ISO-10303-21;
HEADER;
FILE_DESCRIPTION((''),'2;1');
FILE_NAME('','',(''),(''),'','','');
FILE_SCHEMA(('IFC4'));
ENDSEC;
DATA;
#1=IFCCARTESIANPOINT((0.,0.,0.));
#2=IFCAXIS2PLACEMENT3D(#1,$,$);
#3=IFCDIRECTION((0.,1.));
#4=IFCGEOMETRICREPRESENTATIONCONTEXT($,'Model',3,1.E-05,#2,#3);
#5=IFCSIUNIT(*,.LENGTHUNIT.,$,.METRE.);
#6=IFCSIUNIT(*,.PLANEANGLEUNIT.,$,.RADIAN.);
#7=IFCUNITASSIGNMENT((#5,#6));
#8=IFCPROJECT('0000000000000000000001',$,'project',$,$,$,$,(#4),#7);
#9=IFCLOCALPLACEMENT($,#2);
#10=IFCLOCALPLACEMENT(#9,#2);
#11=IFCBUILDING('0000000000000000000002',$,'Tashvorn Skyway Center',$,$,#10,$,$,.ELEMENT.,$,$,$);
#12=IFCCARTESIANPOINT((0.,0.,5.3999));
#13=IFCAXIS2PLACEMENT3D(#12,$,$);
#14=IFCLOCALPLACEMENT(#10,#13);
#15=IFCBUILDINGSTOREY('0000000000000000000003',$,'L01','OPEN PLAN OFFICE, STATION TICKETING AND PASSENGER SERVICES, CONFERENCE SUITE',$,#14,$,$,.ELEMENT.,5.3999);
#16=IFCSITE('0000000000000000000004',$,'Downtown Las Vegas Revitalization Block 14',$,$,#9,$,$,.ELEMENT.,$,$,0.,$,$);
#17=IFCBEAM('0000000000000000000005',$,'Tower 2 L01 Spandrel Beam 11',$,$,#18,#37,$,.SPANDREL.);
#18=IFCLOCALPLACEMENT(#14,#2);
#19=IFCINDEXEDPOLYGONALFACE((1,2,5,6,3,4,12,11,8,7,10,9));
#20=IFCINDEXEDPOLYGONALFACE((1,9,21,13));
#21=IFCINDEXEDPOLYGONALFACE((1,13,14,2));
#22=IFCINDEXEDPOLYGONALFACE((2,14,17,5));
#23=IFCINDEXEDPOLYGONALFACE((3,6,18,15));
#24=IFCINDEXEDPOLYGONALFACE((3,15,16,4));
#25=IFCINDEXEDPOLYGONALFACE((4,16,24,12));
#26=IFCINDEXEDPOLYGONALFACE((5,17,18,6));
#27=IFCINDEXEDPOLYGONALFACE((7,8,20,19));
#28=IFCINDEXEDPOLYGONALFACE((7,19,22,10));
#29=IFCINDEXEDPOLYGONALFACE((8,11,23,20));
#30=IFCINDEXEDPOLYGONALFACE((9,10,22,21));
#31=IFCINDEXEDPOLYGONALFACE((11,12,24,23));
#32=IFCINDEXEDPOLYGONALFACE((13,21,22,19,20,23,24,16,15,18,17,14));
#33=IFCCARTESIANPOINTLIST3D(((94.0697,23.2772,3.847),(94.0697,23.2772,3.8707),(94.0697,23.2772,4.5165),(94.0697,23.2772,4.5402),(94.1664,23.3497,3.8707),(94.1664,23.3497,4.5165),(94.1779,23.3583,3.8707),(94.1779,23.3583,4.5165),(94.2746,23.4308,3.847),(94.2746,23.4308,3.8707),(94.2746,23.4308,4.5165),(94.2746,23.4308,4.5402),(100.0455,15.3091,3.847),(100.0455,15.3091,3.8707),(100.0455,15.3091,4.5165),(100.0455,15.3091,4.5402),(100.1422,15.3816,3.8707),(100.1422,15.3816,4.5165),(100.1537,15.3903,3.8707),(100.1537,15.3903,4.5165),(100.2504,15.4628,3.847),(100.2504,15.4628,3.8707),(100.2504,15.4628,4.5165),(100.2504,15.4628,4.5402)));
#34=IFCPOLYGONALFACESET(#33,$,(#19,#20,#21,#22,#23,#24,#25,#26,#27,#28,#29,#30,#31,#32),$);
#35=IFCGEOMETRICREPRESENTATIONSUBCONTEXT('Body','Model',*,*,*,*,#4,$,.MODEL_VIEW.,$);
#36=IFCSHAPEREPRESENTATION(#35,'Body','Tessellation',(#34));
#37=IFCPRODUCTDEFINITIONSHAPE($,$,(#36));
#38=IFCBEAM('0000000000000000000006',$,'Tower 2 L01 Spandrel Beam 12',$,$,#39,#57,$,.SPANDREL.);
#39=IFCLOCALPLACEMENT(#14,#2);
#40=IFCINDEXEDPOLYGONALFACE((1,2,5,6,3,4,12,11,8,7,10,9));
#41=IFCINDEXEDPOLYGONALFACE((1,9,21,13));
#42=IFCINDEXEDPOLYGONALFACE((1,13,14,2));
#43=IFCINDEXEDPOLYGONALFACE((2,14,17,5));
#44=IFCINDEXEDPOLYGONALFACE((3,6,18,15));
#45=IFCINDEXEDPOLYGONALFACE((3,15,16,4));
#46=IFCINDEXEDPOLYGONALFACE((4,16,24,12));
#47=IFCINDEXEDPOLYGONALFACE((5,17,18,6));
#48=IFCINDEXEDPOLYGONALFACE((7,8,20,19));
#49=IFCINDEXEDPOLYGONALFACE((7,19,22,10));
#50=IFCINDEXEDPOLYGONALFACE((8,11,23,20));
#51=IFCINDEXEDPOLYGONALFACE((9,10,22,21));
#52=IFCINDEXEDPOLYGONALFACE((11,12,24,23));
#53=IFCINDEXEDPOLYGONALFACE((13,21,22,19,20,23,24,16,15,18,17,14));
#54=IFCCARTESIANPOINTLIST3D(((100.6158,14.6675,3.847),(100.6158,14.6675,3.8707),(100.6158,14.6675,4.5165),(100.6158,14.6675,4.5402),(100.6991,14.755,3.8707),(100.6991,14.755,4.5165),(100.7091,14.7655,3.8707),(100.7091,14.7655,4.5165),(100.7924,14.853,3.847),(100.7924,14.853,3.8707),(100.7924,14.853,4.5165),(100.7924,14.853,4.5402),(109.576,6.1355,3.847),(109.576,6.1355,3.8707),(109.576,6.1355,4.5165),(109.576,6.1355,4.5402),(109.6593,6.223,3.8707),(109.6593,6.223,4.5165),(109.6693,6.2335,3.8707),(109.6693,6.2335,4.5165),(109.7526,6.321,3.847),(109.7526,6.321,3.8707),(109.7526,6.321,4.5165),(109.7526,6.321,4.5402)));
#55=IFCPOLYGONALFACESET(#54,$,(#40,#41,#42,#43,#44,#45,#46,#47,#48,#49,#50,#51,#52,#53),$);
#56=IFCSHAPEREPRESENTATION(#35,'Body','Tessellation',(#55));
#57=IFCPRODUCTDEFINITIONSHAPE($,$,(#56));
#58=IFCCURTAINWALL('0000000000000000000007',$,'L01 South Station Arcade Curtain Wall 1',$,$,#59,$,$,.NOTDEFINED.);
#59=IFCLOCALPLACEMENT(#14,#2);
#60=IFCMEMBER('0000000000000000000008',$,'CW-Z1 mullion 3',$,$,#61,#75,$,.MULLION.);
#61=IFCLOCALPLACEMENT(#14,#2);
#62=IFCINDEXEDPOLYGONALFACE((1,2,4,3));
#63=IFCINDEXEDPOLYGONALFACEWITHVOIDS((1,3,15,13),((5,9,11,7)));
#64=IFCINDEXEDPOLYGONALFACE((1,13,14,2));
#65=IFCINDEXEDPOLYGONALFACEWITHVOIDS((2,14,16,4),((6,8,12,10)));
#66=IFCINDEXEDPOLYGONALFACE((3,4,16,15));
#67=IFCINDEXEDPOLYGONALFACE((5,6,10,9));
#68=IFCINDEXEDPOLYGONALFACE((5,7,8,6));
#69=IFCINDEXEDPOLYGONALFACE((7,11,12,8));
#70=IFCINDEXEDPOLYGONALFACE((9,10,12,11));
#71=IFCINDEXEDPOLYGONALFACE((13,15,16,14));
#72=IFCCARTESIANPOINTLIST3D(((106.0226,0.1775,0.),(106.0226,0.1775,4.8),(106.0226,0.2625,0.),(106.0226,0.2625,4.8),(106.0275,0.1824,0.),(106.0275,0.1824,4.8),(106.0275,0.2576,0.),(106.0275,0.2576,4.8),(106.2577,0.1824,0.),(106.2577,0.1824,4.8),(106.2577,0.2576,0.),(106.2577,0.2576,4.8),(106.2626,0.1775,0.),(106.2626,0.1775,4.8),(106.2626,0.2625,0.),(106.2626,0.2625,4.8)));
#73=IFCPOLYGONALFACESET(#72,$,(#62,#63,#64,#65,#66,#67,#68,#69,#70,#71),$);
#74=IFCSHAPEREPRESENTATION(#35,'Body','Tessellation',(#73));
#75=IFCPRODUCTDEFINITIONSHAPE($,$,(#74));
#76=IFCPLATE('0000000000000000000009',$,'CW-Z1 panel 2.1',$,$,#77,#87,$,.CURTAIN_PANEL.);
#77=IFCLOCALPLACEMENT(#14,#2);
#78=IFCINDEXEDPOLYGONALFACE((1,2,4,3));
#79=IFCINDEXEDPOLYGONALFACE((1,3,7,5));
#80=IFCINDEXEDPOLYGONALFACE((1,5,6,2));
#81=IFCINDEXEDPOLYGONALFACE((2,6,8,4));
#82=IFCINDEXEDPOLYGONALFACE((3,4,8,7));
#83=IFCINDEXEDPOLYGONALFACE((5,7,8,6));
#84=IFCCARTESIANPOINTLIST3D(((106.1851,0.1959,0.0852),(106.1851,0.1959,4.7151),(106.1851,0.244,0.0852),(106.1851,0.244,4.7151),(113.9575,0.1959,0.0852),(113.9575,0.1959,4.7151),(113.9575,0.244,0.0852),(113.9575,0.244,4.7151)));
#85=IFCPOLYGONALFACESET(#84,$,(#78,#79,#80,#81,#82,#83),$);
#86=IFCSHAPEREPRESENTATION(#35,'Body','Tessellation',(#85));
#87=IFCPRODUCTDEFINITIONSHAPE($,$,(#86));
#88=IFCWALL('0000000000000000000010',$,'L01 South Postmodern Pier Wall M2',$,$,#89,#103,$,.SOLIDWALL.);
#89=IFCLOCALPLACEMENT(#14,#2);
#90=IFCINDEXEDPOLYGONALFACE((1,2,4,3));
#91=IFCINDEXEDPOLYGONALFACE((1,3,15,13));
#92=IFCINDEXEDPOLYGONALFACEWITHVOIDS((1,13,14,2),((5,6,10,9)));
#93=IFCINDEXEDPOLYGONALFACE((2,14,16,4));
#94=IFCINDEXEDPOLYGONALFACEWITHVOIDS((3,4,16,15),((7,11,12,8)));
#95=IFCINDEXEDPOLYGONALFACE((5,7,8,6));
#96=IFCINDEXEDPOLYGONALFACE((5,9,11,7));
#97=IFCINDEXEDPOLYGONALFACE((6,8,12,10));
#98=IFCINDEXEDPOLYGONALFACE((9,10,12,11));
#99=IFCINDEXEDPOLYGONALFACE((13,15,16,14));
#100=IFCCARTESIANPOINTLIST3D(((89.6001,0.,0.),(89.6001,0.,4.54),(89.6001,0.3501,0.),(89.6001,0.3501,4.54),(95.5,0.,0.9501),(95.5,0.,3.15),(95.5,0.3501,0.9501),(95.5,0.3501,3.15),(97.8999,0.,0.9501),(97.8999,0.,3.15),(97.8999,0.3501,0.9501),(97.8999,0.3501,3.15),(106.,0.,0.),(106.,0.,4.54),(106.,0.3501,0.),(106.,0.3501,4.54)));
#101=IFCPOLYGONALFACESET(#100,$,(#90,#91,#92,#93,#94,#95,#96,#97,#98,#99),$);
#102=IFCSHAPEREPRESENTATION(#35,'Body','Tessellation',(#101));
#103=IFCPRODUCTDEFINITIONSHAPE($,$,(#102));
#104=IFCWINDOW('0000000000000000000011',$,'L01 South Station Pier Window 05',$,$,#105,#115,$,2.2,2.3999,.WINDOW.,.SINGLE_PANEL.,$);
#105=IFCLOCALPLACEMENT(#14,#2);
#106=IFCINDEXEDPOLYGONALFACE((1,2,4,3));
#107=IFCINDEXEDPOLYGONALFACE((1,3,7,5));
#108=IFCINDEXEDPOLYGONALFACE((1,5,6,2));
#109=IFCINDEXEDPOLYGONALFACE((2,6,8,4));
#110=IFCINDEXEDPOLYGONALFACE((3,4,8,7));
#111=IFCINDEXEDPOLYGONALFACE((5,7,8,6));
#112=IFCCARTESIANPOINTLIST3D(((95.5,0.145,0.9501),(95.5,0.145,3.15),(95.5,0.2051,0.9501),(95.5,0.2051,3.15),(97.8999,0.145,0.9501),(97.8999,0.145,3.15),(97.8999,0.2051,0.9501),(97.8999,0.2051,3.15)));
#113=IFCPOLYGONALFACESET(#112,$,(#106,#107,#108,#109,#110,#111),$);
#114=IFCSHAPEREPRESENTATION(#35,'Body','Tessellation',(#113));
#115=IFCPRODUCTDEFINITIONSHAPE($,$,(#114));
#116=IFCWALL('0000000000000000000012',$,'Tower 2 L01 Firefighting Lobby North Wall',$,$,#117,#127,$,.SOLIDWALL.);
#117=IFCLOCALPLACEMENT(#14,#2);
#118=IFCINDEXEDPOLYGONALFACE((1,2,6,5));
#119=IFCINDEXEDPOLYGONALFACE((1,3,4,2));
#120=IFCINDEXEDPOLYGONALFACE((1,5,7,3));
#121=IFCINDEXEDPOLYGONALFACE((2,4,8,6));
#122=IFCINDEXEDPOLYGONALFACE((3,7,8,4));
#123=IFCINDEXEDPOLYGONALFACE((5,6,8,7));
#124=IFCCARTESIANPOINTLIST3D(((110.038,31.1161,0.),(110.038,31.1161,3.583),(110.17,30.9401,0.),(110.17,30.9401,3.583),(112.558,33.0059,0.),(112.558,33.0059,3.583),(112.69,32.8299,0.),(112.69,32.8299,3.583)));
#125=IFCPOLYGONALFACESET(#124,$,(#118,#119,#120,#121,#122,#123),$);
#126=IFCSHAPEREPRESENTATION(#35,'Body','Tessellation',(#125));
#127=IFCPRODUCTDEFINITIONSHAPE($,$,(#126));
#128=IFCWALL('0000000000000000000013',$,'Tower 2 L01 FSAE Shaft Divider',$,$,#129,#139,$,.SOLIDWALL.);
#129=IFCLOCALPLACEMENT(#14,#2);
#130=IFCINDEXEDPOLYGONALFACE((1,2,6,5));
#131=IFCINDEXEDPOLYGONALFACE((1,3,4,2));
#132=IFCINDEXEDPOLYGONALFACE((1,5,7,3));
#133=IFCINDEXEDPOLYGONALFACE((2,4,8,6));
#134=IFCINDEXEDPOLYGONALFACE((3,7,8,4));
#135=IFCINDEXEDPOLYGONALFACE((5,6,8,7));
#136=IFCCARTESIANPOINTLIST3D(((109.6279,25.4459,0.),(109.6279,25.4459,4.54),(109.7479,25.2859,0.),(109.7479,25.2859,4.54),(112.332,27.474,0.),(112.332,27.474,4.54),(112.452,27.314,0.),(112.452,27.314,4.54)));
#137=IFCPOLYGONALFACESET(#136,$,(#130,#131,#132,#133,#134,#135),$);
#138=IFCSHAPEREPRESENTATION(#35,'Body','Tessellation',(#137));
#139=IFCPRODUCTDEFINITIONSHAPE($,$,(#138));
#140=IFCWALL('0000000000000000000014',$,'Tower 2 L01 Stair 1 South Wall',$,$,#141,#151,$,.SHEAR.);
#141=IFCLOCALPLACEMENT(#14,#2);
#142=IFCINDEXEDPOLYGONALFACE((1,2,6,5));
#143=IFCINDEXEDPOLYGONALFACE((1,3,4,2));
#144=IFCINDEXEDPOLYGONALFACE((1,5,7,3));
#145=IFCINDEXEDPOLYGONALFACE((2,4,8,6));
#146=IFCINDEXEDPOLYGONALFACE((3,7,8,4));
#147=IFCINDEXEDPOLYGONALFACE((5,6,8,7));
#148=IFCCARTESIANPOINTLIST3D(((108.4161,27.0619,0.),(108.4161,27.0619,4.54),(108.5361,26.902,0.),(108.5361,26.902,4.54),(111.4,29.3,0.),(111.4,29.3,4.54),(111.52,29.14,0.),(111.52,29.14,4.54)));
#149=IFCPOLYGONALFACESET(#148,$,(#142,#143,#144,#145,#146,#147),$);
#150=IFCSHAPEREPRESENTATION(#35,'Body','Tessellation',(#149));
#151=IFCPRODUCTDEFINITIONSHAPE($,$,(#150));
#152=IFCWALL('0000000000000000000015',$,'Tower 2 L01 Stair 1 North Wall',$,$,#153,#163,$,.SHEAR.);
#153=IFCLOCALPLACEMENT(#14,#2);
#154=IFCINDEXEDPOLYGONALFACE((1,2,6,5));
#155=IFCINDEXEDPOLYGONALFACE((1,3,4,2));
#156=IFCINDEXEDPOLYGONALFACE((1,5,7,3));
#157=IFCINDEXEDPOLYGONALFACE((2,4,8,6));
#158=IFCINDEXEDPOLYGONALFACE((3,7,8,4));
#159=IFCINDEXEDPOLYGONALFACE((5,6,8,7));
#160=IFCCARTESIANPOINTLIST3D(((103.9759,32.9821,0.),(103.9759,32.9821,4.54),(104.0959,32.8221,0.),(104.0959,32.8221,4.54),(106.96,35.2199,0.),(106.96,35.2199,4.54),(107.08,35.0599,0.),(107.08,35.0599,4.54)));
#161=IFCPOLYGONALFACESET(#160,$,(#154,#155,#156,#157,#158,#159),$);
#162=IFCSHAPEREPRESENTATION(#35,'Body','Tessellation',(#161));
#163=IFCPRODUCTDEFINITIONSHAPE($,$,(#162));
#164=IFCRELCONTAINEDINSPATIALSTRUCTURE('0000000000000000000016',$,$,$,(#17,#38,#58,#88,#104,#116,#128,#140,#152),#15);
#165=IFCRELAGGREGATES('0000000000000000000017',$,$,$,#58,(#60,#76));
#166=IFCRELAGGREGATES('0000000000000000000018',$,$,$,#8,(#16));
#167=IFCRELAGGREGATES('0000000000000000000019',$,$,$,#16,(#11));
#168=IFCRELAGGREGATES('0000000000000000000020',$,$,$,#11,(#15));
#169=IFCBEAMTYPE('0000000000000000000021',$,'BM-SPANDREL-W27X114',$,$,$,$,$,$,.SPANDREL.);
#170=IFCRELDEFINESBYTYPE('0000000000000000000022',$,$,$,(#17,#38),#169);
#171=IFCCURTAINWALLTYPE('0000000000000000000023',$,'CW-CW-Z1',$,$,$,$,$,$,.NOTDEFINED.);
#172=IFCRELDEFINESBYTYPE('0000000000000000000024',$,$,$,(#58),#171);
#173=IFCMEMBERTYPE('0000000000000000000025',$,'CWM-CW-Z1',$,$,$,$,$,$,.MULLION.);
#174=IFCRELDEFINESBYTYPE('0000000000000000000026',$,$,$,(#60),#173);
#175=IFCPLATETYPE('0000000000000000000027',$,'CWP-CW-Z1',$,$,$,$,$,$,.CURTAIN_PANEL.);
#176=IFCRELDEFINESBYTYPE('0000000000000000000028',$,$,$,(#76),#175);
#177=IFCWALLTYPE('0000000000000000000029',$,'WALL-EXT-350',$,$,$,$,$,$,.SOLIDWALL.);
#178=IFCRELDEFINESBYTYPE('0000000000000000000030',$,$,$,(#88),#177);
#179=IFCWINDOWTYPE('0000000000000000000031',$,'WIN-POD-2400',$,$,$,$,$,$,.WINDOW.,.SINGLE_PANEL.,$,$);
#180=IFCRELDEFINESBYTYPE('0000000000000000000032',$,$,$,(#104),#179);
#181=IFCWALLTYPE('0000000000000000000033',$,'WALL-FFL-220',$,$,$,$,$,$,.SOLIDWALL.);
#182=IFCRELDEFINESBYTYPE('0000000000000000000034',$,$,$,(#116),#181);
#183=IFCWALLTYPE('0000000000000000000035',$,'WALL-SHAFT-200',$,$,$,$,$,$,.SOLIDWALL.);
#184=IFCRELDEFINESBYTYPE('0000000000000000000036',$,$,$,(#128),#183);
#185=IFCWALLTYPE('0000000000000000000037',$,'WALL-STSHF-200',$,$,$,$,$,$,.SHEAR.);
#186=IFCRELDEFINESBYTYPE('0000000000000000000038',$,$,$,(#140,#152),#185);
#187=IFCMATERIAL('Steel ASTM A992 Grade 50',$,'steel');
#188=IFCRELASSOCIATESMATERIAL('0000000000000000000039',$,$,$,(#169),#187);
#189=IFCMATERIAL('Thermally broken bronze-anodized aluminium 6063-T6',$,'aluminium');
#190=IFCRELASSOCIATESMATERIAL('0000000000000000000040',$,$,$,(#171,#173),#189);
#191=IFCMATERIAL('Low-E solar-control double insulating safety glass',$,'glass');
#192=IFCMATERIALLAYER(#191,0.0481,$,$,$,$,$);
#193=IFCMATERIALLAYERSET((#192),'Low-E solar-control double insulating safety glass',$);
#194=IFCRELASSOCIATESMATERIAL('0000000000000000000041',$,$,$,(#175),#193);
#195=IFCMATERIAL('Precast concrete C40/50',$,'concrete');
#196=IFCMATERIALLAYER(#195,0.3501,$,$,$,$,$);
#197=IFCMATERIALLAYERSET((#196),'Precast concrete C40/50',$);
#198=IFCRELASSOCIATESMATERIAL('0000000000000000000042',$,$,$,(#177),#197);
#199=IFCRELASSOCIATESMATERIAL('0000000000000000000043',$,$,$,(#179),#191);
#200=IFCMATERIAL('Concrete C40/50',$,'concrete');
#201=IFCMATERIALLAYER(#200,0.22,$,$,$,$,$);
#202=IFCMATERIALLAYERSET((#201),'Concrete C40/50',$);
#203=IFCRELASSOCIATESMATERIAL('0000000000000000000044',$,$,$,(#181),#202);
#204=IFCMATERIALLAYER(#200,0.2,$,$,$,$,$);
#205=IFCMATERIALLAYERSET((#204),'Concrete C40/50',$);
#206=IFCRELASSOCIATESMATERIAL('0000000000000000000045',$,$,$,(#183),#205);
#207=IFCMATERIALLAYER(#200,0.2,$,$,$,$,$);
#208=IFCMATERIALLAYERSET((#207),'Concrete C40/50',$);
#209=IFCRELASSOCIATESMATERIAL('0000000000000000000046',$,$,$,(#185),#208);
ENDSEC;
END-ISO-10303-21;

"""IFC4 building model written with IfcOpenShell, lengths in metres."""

from ifc_helpers import new_model, si_unit, direction, frame, frame_2d, origin, origin_2d, place, context, subcontext, project, spatial, rectangle, hollow_rectangle, i_section, extrude, material, layer, layer_set, material_profile, profile_set, type_object, element, fill, aggregate, save


model = new_model("IFC4")

# Units and contexts
model_context = context("Model", 3, precision=1e-05, world=origin(), true_north=direction((0.0, 1.0)))
body_context = subcontext(model_context, "Body", "Model", "MODEL_VIEW")
ifc_project = project(units=[si_unit("LENGTHUNIT", "METRE"), si_unit("PLANEANGLEUNIT", "RADIAN")], contexts=[model_context])

# Site, building, storey
site_placement = place(None, origin())
site = spatial("IfcSite", under=ifc_project, at=site_placement, Name="Downtown Las Vegas Revitalization Block 14", CompositionType="ELEMENT", RefElevation=0.0)
building_placement = place(site_placement, origin())
building = spatial("IfcBuilding", under=site, at=building_placement, Name="Tashvorn Skyway Center", CompositionType="ELEMENT")
storey_placement = place(building_placement, frame((0.0, 0.0, 5.3999)))
storey = spatial("IfcBuildingStorey", under=building, at=storey_placement, Name="L01", Description="OPEN PLAN OFFICE, STATION TICKETING AND PASSENGER SERVICES, CONFERENCE SUITE", CompositionType="ELEMENT", Elevation=5.3999)

# Shared definitions
ifc_material_1 = material(Name="Precast concrete C40/50", Category="concrete")

# Beams
ifc_material_2 = material(Name="Steel ASTM A992 Grade 50", Category="steel")
ifc_material_profile_1 = material_profile(ifc_material_2, i_section(OverallWidth=0.2561, OverallDepth=0.6931, WebThickness=0.0144, FlangeThickness=0.0237, at=origin_2d()), Name="W27X114")
ifc_profile_set_1 = profile_set([ifc_material_profile_1], Name="Steel ASTM A992 Grade 50")
beam_type_1 = type_object("IfcBeamType", Name="BM-SPANDREL-W27X114", PredefinedType="SPANDREL", material=ifc_profile_set_1)
beam_1_placement = place(storey_placement, frame((94.1721, 23.354, 4.1936), z_axis=(0.599988, -0.800009, 0.0), x_axis=(0.800009, 0.599988, 0.0)))
element("IfcBeam", 1, at=beam_1_placement, inside=storey, type_object=beam_type_1, Name="Tower 2 L01 Spandrel Beam 11", PredefinedType="SPANDREL", context=body_context, shape_type="SweptSolid", body=[
    extrude(i_section(OverallWidth=0.2561, OverallDepth=0.6931, WebThickness=0.0144, FlangeThickness=0.0237, at=origin_2d()), origin(), (0.0, 0.0, 1.0), 9.96),
])
beam_2_placement = place(storey_placement, frame((100.7041, 14.7603, 4.1936), z_axis=(0.7242, -0.68959, 0.0), x_axis=(0.68959, 0.7242, 0.0)))
element("IfcBeam", 2, at=beam_2_placement, inside=storey, type_object=beam_type_1, Name="Tower 2 L01 Spandrel Beam 12", PredefinedType="SPANDREL", context=body_context, shape_type="SweptSolid", body=[
    extrude(i_section(OverallWidth=0.2561, OverallDepth=0.6931, WebThickness=0.0144, FlangeThickness=0.0237, at=origin_2d()), origin(), (0.0, 0.0, 1.0), 12.3726),
])

# Curtain wall, member, plate
ifc_material_3 = material(Name="Thermally broken bronze-anodized aluminium 6063-T6", Category="aluminium")
curtain_wall_type = type_object("IfcCurtainWallType", Name="CW-CW-Z1", PredefinedType="NOTDEFINED", material=ifc_material_3)
curtain_wall_placement = place(storey_placement, origin())
curtain_wall = element("IfcCurtainWall", 3, at=curtain_wall_placement, inside=storey, type_object=curtain_wall_type, Name="L01 South Station Arcade Curtain Wall 1", PredefinedType="NOTDEFINED")
ifc_material_profile_2 = material_profile(ifc_material_3, hollow_rectangle(XDim=0.085, YDim=0.24, WallThickness=0.0049, at=origin_2d()), Name="ALU-MULL-85x240")
ifc_profile_set_2 = profile_set([ifc_material_profile_2], Name="Thermally broken bronze-anodized aluminium 6063-T6")
member_type = type_object("IfcMemberType", Name="CWM-CW-Z1", PredefinedType="MULLION", material=ifc_profile_set_2)
member_placement = place(storey_placement, frame((106.1426, 0.22, 0.0), z_axis=(0.0, 0.0, 1.0), x_axis=(0.0, -1.0, 0.0)))
member = element("IfcMember", 4, at=member_placement, type_object=member_type, Name="CW-Z1 mullion 3", PredefinedType="MULLION", context=body_context, shape_type="SweptSolid", body=[
    extrude(hollow_rectangle(XDim=0.085, YDim=0.24, WallThickness=0.0049, at=origin_2d()), origin(), (0.0, 0.0, 1.0), 4.8),
])
ifc_material_4 = material(Name="Low-E solar-control double insulating safety glass", Category="glass")
ifc_layer_1 = layer(ifc_material_4, 0.0481)
ifc_layer_set_1 = layer_set([ifc_layer_1], Name="Low-E solar-control double insulating safety glass")
plate_type = type_object("IfcPlateType", Name="CWP-CW-Z1", PredefinedType="CURTAIN_PANEL", material=ifc_layer_set_1)
plate_placement = place(storey_placement, frame((110.0713, 0.22, 0.0852), z_axis=(0.0, 0.0, 1.0), x_axis=(-1.0, 0.0, 0.0)))
plate = element("IfcPlate", 5, at=plate_placement, type_object=plate_type, Name="CW-Z1 panel 2.1", PredefinedType="CURTAIN_PANEL", context=body_context, shape_type="SweptSolid", body=[
    extrude(rectangle(XDim=7.7725, YDim=0.0481, at=origin_2d()), origin(), (0.0, 0.0, 1.0), 4.6299),
])
aggregate(curtain_wall, [member, plate])

# Wall, opening, window
ifc_layer_2 = layer(ifc_material_1, 0.3501)
ifc_layer_set_2 = layer_set([ifc_layer_2], Name="Precast concrete C40/50")
wall_type_1 = type_object("IfcWallType", Name="WALL-EXT-350", PredefinedType="SOLIDWALL", material=ifc_layer_set_2)
wall_1_placement = place(storey_placement, frame((106.0, 0.175, 0.0), z_axis=(0.0, 0.0, 1.0), x_axis=(-1.0, 0.0, 0.0)))
wall_1 = element("IfcWall", 6, at=wall_1_placement, inside=storey, type_object=wall_type_1, Name="L01 South Postmodern Pier Wall M2", PredefinedType="SOLIDWALL", context=body_context, shape_type="SweptSolid", body=[
    extrude(rectangle(XDim=16.3999, YDim=0.3501, at=frame_2d((8.2, 0.0))), origin(), (0.0, 0.0, 1.0), 4.54),
])
opening_placement = place(wall_1_placement, frame((8.1001, 0.0, 0.95)))
opening = element("IfcOpeningElement", 7, at=opening_placement, cuts=wall_1, PredefinedType="OPENING", context=body_context, shape_type="SweptSolid", body=[
    extrude(rectangle(XDim=2.3999, YDim=2.2, at=frame_2d((1.2, 1.1001))), frame((0.0, 0.1851, 0.0), z_axis=(0.0, -1.0, 0.0), x_axis=(1.0, 0.0, 0.0)), (0.0, 0.0, 1.0), 0.3701),
])
window_type = type_object("IfcWindowType", Name="WIN-POD-2400", PartitioningType="SINGLE_PANEL", PredefinedType="WINDOW", material=ifc_material_4)
window_placement = place(opening_placement, origin())
window = element("IfcWindow", 8, at=window_placement, inside=storey, type_object=window_type, Name="L01 South Station Pier Window 05", OverallHeight=2.2, OverallWidth=2.3999, PartitioningType="SINGLE_PANEL", PredefinedType="WINDOW", context=body_context, shape_type="SweptSolid", body=[
    extrude(rectangle(XDim=2.3999, YDim=2.2, at=frame_2d((1.2, 1.1001))), frame((0.0, 0.03, 0.0), z_axis=(0.0, -1.0, 0.0), x_axis=(1.0, 0.0, 0.0)), (0.0, 0.0, 1.0), 0.0601),
])
fill(opening, window)

# Walls
ifc_material_5 = material(Name="Concrete C40/50", Category="concrete")
ifc_layer_3 = layer(ifc_material_5, 0.22)
ifc_layer_set_3 = layer_set([ifc_layer_3], Name="Concrete C40/50")
wall_type_2 = type_object("IfcWallType", Name="WALL-FFL-220", PredefinedType="SOLIDWALL", material=ifc_layer_set_3)
wall_2_placement = place(storey_placement, frame((110.104, 31.0281, 0.0), z_axis=(0.0, 0.0, 1.0), x_axis=(0.800019, 0.599975, 0.0)))
element("IfcWall", 9, at=wall_2_placement, inside=storey, type_object=wall_type_2, Name="Tower 2 L01 Firefighting Lobby North Wall", PredefinedType="SOLIDWALL", context=body_context, shape_type="SweptSolid", body=[
    extrude(rectangle(XDim=3.1499, YDim=0.22, at=frame_2d((1.575, 0.0))), origin(), (0.0, 0.0, 1.0), 3.583),
])
ifc_layer_4 = layer(ifc_material_5, 0.2)
ifc_layer_set_4 = layer_set([ifc_layer_4], Name="Concrete C40/50")
wall_type_3 = type_object("IfcWallType", Name="WALL-SHAFT-200", PredefinedType="SOLIDWALL", material=ifc_layer_set_4)
wall_3_placement = place(storey_placement, frame((109.688, 25.366, 0.0), z_axis=(0.0, 0.0, 1.0), x_axis=(0.8, 0.6, 0.0)))
element("IfcWall", 10, at=wall_3_placement, inside=storey, type_object=wall_type_3, Name="Tower 2 L01 FSAE Shaft Divider", PredefinedType="SOLIDWALL", context=body_context, shape_type="SweptSolid", body=[
    extrude(rectangle(XDim=3.3801, YDim=0.2, at=frame_2d((1.6899, 0.0))), origin(), (0.0, 0.0, 1.0), 4.54),
])
ifc_layer_5 = layer(ifc_material_5, 0.2)
ifc_layer_set_5 = layer_set([ifc_layer_5], Name="Concrete C40/50")
wall_type_4 = type_object("IfcWallType", Name="WALL-STSHF-200", PredefinedType="SHEAR", material=ifc_layer_set_5)
for number, where, z_axis, x_axis, name in (
    (11, (108.4761, 26.9819, 0.0), (0.0, 0.0, 1.0), (0.799984, 0.600021, 0.0), "Tower 2 L01 Stair 1 South Wall"),
    (12, (104.0359, 32.9021, 0.0), (0.0, 0.0, 1.0), (0.800039, 0.599948, 0.0), "Tower 2 L01 Stair 1 North Wall"),
):
    element("IfcWall", number, at=place(storey_placement, frame(where, z_axis=z_axis, x_axis=x_axis)), inside=storey, type_object=wall_type_4, Name=name, PredefinedType="SHEAR", context=body_context, shape_type="SweptSolid", body=[
        extrude(rectangle(XDim=3.73, YDim=0.2, at=frame_2d((1.865, 0.0))), origin(), (0.0, 0.0, 1.0), 4.54),
    ])

save(model, "model.ifc")
